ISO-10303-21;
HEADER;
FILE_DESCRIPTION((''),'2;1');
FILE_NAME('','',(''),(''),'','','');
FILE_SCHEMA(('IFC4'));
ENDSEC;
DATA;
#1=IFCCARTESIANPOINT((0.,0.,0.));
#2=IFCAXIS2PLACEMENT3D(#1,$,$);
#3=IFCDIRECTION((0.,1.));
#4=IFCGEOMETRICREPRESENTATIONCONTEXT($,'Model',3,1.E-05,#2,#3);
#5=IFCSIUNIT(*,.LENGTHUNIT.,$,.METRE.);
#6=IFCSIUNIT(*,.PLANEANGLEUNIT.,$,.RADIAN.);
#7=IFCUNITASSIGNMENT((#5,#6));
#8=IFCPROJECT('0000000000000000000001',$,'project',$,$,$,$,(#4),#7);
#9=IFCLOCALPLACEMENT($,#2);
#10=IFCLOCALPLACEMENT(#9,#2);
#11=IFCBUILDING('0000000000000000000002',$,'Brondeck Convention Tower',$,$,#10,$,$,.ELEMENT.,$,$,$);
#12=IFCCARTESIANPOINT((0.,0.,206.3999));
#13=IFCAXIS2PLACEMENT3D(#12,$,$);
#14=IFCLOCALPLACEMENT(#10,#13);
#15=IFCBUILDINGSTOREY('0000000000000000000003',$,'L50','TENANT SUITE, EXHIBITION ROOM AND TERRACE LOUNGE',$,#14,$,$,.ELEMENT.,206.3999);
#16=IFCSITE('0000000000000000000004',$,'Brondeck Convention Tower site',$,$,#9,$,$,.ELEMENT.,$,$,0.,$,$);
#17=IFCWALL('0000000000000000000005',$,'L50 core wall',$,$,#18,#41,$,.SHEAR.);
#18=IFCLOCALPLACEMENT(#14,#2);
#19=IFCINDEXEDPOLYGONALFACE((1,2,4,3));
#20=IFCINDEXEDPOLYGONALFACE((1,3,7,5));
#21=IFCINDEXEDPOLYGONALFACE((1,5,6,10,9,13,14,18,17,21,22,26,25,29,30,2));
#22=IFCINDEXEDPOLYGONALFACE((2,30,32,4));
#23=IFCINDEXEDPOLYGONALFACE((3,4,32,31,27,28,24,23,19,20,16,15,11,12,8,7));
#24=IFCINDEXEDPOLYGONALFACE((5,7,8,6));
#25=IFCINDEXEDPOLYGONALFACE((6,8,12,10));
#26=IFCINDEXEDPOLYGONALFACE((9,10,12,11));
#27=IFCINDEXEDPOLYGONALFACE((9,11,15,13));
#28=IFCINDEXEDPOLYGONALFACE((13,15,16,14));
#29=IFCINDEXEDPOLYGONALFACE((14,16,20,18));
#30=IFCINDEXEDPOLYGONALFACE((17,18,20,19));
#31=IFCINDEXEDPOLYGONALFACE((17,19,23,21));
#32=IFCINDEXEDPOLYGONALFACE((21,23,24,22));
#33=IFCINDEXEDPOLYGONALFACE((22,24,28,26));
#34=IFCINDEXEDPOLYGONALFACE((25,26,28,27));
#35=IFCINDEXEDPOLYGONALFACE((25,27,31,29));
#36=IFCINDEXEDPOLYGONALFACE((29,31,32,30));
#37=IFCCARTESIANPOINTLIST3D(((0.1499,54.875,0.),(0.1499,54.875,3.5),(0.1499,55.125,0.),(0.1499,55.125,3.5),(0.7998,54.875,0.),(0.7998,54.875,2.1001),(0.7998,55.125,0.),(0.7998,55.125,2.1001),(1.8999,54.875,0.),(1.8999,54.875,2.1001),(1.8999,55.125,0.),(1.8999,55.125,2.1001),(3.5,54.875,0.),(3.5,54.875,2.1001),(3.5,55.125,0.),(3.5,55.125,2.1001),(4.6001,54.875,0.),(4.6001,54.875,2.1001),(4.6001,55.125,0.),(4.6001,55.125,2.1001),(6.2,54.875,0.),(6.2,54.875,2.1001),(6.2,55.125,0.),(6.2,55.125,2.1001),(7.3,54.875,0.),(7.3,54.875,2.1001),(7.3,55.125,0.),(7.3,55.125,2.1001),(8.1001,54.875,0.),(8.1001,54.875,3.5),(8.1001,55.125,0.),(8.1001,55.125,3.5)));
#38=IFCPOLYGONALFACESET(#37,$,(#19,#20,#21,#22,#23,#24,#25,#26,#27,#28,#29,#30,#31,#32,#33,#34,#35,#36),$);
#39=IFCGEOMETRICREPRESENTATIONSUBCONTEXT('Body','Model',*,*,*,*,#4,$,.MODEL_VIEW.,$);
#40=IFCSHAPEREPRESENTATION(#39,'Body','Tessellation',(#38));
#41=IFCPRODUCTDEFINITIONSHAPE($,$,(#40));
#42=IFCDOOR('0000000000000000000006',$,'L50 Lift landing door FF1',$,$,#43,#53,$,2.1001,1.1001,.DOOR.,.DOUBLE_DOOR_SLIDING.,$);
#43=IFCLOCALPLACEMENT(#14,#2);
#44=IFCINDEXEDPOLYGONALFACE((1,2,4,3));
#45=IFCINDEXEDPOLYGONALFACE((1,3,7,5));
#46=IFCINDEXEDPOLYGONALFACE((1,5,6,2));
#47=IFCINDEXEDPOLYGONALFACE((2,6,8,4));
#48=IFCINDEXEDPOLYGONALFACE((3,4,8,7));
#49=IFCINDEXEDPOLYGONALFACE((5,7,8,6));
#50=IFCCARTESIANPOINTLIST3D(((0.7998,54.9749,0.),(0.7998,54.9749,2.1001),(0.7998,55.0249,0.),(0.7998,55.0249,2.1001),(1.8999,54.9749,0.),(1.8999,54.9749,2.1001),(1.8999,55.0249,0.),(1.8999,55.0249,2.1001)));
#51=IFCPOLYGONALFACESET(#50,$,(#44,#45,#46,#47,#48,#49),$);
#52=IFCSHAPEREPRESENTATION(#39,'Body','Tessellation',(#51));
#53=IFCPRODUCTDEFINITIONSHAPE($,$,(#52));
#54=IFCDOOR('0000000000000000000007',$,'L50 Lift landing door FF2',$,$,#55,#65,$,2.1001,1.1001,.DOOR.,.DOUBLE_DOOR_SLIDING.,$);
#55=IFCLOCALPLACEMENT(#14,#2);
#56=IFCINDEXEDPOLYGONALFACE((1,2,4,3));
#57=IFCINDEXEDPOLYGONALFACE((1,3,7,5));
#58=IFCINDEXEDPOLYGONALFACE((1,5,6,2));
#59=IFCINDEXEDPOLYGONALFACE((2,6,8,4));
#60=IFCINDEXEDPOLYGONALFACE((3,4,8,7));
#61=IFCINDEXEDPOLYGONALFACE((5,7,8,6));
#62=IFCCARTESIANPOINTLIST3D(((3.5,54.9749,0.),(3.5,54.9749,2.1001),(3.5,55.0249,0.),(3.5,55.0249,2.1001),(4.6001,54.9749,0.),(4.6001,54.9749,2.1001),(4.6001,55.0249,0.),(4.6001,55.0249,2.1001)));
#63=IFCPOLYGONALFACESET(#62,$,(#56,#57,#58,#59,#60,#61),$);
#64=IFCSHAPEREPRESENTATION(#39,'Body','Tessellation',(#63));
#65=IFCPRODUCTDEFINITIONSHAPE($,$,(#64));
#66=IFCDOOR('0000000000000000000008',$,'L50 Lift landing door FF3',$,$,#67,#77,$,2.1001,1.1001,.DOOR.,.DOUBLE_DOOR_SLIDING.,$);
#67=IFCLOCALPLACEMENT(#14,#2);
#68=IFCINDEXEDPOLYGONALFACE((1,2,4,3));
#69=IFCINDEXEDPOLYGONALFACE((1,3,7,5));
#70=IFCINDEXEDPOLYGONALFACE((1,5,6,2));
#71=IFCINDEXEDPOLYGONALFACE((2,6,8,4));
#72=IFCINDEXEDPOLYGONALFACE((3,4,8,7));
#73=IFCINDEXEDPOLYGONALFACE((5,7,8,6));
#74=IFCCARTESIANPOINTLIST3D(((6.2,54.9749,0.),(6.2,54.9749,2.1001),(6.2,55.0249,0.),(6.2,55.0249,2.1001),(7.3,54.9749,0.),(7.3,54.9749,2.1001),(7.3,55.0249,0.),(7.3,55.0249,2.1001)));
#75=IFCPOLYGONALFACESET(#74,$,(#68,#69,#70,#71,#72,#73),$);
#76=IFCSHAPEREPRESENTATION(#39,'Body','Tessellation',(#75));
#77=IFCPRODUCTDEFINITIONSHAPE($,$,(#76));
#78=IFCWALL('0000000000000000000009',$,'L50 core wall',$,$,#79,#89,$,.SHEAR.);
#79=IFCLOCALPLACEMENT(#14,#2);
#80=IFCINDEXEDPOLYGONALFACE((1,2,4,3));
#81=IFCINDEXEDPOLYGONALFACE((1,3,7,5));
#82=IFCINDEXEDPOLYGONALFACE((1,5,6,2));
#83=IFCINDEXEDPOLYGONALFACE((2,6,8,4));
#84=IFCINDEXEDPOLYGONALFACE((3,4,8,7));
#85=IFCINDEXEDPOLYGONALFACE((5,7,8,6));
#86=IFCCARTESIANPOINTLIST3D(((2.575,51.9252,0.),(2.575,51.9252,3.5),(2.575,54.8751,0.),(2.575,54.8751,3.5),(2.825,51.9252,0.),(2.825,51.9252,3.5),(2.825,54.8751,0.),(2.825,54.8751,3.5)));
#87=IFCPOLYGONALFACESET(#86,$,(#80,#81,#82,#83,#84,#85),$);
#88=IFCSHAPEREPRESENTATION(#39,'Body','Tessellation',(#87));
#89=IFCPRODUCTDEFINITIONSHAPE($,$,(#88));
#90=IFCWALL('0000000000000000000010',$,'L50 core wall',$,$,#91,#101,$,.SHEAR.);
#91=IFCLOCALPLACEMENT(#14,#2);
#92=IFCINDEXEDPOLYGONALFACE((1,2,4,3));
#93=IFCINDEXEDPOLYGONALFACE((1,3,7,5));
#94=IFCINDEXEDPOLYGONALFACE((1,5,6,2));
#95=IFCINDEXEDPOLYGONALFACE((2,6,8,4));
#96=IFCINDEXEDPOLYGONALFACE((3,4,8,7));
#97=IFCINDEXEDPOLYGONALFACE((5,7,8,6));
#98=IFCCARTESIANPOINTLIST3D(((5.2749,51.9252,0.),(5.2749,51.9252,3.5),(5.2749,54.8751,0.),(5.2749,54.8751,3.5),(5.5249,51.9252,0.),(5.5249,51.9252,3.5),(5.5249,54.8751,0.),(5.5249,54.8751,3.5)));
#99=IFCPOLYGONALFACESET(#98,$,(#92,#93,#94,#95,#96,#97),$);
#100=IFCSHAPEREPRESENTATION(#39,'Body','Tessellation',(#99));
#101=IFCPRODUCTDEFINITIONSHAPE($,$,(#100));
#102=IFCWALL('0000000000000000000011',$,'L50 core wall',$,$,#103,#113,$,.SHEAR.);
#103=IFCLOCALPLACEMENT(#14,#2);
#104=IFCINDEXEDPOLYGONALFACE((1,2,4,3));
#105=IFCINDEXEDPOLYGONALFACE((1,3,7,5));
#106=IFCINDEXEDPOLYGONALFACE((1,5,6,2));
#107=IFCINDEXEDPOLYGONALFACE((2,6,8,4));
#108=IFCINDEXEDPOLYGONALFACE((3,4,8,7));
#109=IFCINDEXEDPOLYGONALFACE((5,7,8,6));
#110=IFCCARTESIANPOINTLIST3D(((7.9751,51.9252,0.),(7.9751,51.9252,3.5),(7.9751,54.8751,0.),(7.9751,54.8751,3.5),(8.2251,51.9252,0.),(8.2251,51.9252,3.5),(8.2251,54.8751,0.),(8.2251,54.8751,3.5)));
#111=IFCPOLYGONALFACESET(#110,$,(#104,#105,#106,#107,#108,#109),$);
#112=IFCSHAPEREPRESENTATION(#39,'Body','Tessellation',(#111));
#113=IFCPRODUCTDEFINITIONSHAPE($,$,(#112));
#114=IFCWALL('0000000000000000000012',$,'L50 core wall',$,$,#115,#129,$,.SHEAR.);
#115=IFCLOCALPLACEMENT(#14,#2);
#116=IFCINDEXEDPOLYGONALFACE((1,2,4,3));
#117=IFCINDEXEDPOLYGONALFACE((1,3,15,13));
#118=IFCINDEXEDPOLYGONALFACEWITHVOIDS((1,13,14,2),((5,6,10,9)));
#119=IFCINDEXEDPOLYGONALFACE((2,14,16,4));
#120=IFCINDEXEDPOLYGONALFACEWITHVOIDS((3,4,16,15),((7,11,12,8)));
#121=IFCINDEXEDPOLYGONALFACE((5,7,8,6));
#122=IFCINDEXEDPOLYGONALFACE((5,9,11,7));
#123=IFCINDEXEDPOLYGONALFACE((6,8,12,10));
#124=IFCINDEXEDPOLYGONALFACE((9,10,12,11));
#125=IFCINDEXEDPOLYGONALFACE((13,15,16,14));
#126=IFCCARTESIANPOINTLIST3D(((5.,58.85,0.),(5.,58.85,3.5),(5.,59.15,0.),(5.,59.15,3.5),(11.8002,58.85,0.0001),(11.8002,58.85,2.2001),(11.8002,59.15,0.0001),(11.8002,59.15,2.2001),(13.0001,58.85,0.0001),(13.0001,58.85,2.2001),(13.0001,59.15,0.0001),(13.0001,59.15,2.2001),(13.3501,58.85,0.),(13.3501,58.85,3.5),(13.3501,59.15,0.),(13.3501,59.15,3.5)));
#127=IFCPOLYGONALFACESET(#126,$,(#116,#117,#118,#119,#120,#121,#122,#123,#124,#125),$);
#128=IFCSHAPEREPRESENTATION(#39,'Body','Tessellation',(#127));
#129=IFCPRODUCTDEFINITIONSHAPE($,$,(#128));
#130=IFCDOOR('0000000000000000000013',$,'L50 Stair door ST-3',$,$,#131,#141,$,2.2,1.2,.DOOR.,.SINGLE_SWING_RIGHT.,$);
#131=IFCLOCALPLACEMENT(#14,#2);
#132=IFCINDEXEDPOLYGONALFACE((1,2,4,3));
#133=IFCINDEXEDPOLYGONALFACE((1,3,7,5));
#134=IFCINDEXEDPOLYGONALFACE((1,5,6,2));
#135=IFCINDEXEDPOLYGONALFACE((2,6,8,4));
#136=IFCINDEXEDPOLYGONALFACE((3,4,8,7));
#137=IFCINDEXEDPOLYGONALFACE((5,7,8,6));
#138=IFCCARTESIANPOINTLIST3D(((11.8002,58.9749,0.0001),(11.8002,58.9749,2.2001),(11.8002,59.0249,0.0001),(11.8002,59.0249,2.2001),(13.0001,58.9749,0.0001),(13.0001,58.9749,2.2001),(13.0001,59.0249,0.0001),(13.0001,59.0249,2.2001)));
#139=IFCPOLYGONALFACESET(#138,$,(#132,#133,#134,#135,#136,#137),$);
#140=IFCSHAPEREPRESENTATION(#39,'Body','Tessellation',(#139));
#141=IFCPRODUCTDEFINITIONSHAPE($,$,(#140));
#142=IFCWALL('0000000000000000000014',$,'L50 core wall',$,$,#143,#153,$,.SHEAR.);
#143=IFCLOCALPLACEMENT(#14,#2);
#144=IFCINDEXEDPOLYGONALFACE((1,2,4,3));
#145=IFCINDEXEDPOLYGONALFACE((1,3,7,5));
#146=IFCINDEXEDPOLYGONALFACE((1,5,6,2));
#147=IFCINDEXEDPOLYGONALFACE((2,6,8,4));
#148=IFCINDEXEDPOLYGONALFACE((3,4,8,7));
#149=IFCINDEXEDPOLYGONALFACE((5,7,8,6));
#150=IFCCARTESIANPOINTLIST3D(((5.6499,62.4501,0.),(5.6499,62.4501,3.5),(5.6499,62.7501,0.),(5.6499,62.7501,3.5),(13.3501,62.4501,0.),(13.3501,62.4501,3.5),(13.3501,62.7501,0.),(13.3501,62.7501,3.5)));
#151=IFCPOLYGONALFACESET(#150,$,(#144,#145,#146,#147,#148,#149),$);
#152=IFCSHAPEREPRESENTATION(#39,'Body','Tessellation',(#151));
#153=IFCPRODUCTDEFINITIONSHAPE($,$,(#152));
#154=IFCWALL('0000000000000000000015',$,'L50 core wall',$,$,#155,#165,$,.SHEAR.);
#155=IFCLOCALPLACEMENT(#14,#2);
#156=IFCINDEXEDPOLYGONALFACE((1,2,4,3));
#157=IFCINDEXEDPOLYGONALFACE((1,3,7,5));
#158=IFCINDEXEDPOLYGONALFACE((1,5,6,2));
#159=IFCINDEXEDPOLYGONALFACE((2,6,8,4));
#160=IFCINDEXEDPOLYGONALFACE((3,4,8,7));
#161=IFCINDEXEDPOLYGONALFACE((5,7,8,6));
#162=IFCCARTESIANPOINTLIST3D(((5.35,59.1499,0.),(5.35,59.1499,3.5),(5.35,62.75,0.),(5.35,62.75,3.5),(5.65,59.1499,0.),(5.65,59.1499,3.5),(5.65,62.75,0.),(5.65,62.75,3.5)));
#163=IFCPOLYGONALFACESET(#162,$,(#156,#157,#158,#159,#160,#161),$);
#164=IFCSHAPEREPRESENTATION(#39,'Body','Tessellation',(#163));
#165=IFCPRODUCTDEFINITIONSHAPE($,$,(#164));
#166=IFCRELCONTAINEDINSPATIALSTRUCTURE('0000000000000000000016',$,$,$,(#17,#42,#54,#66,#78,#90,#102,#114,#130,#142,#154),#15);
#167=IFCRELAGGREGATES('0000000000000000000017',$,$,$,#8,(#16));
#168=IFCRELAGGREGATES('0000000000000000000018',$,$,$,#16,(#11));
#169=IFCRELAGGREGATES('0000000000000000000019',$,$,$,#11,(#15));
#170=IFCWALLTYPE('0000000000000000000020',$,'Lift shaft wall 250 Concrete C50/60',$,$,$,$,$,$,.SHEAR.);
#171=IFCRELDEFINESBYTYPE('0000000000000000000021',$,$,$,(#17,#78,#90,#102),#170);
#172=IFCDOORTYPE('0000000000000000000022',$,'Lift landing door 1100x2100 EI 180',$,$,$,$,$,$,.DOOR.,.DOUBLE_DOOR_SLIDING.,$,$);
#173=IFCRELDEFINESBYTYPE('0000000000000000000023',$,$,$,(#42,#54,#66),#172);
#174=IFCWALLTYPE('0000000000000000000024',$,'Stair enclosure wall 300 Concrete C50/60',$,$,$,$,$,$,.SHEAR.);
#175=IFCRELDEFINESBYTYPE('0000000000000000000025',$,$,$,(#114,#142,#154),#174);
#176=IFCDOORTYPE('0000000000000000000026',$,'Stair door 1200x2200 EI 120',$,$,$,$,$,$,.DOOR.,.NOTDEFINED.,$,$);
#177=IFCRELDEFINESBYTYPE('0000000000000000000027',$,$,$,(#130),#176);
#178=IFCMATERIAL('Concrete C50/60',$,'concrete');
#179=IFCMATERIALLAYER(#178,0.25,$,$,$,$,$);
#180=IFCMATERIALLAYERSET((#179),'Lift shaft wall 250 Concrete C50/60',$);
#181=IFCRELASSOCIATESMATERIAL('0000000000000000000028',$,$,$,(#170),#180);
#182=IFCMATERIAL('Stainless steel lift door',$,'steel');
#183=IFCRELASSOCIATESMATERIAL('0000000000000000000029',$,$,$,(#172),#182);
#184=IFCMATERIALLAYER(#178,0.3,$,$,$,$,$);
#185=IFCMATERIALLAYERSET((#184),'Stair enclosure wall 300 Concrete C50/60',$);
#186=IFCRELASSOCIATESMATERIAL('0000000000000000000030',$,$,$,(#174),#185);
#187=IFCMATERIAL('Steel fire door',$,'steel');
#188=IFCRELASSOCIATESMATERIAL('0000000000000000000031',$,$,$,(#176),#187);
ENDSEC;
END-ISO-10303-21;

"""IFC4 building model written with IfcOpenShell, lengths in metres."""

from ifc_helpers import new_model, si_unit, direction, frame, frame_2d, origin, place, context, subcontext, project, spatial, rectangle, extrude, material, layer, layer_set, type_object, element, fill, save


model = new_model("IFC4")

# Units and contexts
model_context = context("Model", 3, precision=1e-05, world=origin(), true_north=direction((0.0, 1.0)))
body_context = subcontext(model_context, "Body", "Model", "MODEL_VIEW")
ifc_project = project(units=[si_unit("LENGTHUNIT", "METRE"), si_unit("PLANEANGLEUNIT", "RADIAN")], contexts=[model_context])

# Site, building, storey
site_placement = place(None, origin())
site = spatial("IfcSite", under=ifc_project, at=site_placement, Name="Brondeck Convention Tower site", CompositionType="ELEMENT", RefElevation=0.0)
building_placement = place(site_placement, origin())
building = spatial("IfcBuilding", under=site, at=building_placement, Name="Brondeck Convention Tower", CompositionType="ELEMENT")
storey_placement = place(building_placement, frame((0.0, 0.0, 206.3999)))
storey = spatial("IfcBuildingStorey", under=building, at=storey_placement, Name="L50", Description="TENANT SUITE, EXHIBITION ROOM AND TERRACE LOUNGE", CompositionType="ELEMENT", Elevation=206.3999)

# Shared definitions
ifc_material_1 = material(Name="Concrete C50/60", Category="concrete")

# Wall, openings, doors
ifc_layer_1 = layer(ifc_material_1, 0.25)
ifc_layer_set_1 = layer_set([ifc_layer_1], Name="Lift shaft wall 250 Concrete C50/60")
wall_type_1 = type_object("IfcWallType", Name="Lift shaft wall 250 Concrete C50/60", PredefinedType="SHEAR", material=ifc_layer_set_1)
wall_1_placement = place(storey_placement, frame((0.1499, 55.0, 0.0), z_axis=(0.0, 0.0, 1.0), x_axis=(1.0, 0.0, 0.0)))
wall_1 = element("IfcWall", 1, at=wall_1_placement, inside=storey, type_object=wall_type_1, Name="L50 core wall", PredefinedType="SHEAR", context=body_context, shape_type="SweptSolid", body=[
    extrude(rectangle(XDim=7.9502, YDim=0.25, at=frame_2d((3.9751, 0.0))), origin(), (0.0, 0.0, 1.0), 3.5),
])
opening_1_placement = place(wall_1_placement, frame((0.6499, 0.0, 0.0)))
opening_1 = element("IfcOpeningElement", 2, at=opening_1_placement, cuts=wall_1, PredefinedType="OPENING", context=body_context, shape_type="SweptSolid", body=[
    extrude(rectangle(XDim=1.1001, YDim=2.1001, at=frame_2d((0.55, 1.05))), frame((0.0, 0.135, 0.0), z_axis=(0.0, -1.0, 0.0), x_axis=(1.0, 0.0, 0.0)), (0.0, 0.0, 1.0), 0.27),
])
opening_2_placement = place(wall_1_placement, frame((3.3501, 0.0, 0.0)))
opening_2 = element("IfcOpeningElement", 3, at=opening_2_placement, cuts=wall_1, PredefinedType="OPENING", context=body_context, shape_type="SweptSolid", body=[
    extrude(rectangle(XDim=1.1001, YDim=2.1001, at=frame_2d((0.55, 1.05))), frame((0.0, 0.135, 0.0), z_axis=(0.0, -1.0, 0.0), x_axis=(1.0, 0.0, 0.0)), (0.0, 0.0, 1.0), 0.27),
])
opening_3_placement = place(wall_1_placement, frame((6.05, 0.0, 0.0)))
opening_3 = element("IfcOpeningElement", 4, at=opening_3_placement, cuts=wall_1, PredefinedType="OPENING", context=body_context, shape_type="SweptSolid", body=[
    extrude(rectangle(XDim=1.1001, YDim=2.1001, at=frame_2d((0.55, 1.05))), frame((0.0, 0.135, 0.0), z_axis=(0.0, -1.0, 0.0), x_axis=(1.0, 0.0, 0.0)), (0.0, 0.0, 1.0), 0.27),
])
ifc_material_2 = material(Name="Stainless steel lift door", Category="steel")
door_type_1 = type_object("IfcDoorType", Name="Lift landing door 1100x2100 EI 180", OperationType="DOUBLE_DOOR_SLIDING", PredefinedType="DOOR", material=ifc_material_2)
door_1_placement = place(opening_1_placement, origin())
door_1 = element("IfcDoor", 5, at=door_1_placement, inside=storey, type_object=door_type_1, Name="L50 Lift landing door FF1", OperationType="DOUBLE_DOOR_SLIDING", OverallHeight=2.1001, OverallWidth=1.1001, PredefinedType="DOOR", context=body_context, shape_type="SweptSolid", body=[
    extrude(rectangle(XDim=1.1001, YDim=2.1001, at=frame_2d((0.55, 1.05))), frame((0.0, 0.0249, 0.0), z_axis=(0.0, -1.0, 0.0), x_axis=(1.0, 0.0, 0.0)), (0.0, 0.0, 1.0), 0.05),
])
fill(opening_1, door_1)
door_2_placement = place(opening_2_placement, origin())
door_2 = element("IfcDoor", 6, at=door_2_placement, inside=storey, type_object=door_type_1, Name="L50 Lift landing door FF2", OperationType="DOUBLE_DOOR_SLIDING", OverallHeight=2.1001, OverallWidth=1.1001, PredefinedType="DOOR", context=body_context, shape_type="SweptSolid", body=[
    extrude(rectangle(XDim=1.1001, YDim=2.1001, at=frame_2d((0.55, 1.05))), frame((0.0, 0.0249, 0.0), z_axis=(0.0, -1.0, 0.0), x_axis=(1.0, 0.0, 0.0)), (0.0, 0.0, 1.0), 0.05),
])
fill(opening_2, door_2)
door_3_placement = place(opening_3_placement, origin())
door_3 = element("IfcDoor", 7, at=door_3_placement, inside=storey, type_object=door_type_1, Name="L50 Lift landing door FF3", OperationType="DOUBLE_DOOR_SLIDING", OverallHeight=2.1001, OverallWidth=1.1001, PredefinedType="DOOR", context=body_context, shape_type="SweptSolid", body=[
    extrude(rectangle(XDim=1.1001, YDim=2.1001, at=frame_2d((0.55, 1.05))), frame((0.0, 0.0249, 0.0), z_axis=(0.0, -1.0, 0.0), x_axis=(1.0, 0.0, 0.0)), (0.0, 0.0, 1.0), 0.05),
])
fill(opening_3, door_3)

# Walls
for number, where, z_axis, x_axis, name in (
    (8, (2.7, 51.925, 0.0), (0.0, 0.0, 1.0), (0.0, 1.0, 0.0), "L50 core wall"),
    (9, (5.3999, 51.925, 0.0), (0.0, 0.0, 1.0), (0.0, 1.0, 0.0), "L50 core wall"),
    (10, (8.1001, 51.925, 0.0), (0.0, 0.0, 1.0), (0.0, 1.0, 0.0), "L50 core wall"),
):
    element("IfcWall", number, at=place(storey_placement, frame(where, z_axis=z_axis, x_axis=x_axis)), inside=storey, type_object=wall_type_1, Name=name, PredefinedType="SHEAR", context=body_context, shape_type="SweptSolid", body=[
        extrude(rectangle(XDim=2.95, YDim=0.25, at=frame_2d((1.4751, 0.0))), origin(), (0.0, 0.0, 1.0), 3.5),
    ])

# Wall, opening, door
ifc_layer_2 = layer(ifc_material_1, 0.3)
ifc_layer_set_2 = layer_set([ifc_layer_2], Name="Stair enclosure wall 300 Concrete C50/60")
wall_type_2 = type_object("IfcWallType", Name="Stair enclosure wall 300 Concrete C50/60", PredefinedType="SHEAR", material=ifc_layer_set_2)
wall_2_placement = place(storey_placement, frame((5.0, 59.0, 0.0), z_axis=(0.0, 0.0, 1.0), x_axis=(1.0, 0.0, 0.0)))
wall_2 = element("IfcWall", 11, at=wall_2_placement, inside=storey, type_object=wall_type_2, Name="L50 core wall", PredefinedType="SHEAR", context=body_context, shape_type="SweptSolid", body=[
    extrude(rectangle(XDim=8.3501, YDim=0.3, at=frame_2d((4.175, 0.0))), origin(), (0.0, 0.0, 1.0), 3.5),
])
opening_4_placement = place(wall_2_placement, frame((6.8, 0.0, 0.0)))
opening_4 = element("IfcOpeningElement", 12, at=opening_4_placement, cuts=wall_2, PredefinedType="OPENING", context=body_context, shape_type="SweptSolid", body=[
    extrude(rectangle(XDim=1.2, YDim=2.2, at=frame_2d((0.6001, 1.1001))), frame((0.0, 0.1599, 0.0), z_axis=(0.0, -1.0, 0.0), x_axis=(1.0, 0.0, 0.0)), (0.0, 0.0, 1.0), 0.3201),
])
ifc_material_3 = material(Name="Steel fire door", Category="steel")
door_type_2 = type_object("IfcDoorType", Name="Stair door 1200x2200 EI 120", OperationType="NOTDEFINED", PredefinedType="DOOR", material=ifc_material_3)
door_4_placement = place(opening_4_placement, origin())
door_4 = element("IfcDoor", 13, at=door_4_placement, inside=storey, type_object=door_type_2, Name="L50 Stair door ST-3", OperationType="SINGLE_SWING_RIGHT", OverallHeight=2.2, OverallWidth=1.2, PredefinedType="DOOR", context=body_context, shape_type="SweptSolid", body=[
    extrude(rectangle(XDim=1.2, YDim=2.2, at=frame_2d((0.6001, 1.1001))), frame((0.0, 0.0249, 0.0), z_axis=(0.0, -1.0, 0.0), x_axis=(1.0, 0.0, 0.0)), (0.0, 0.0, 1.0), 0.05),
])
fill(opening_4, door_4)

# Walls
wall_3_placement = place(storey_placement, frame((5.6499, 62.6001, 0.0), z_axis=(0.0, 0.0, 1.0), x_axis=(1.0, 0.0, 0.0)))
element("IfcWall", 14, at=wall_3_placement, inside=storey, type_object=wall_type_2, Name="L50 core wall", PredefinedType="SHEAR", context=body_context, shape_type="SweptSolid", body=[
    extrude(rectangle(XDim=7.7002, YDim=0.3, at=frame_2d((3.8501, 0.0))), origin(), (0.0, 0.0, 1.0), 3.5),
])
wall_4_placement = place(storey_placement, frame((5.5, 59.1499, 0.0), z_axis=(0.0, 0.0, 1.0), x_axis=(0.0, 1.0, 0.0)))
element("IfcWall", 15, at=wall_4_placement, inside=storey, type_object=wall_type_2, Name="L50 core wall", PredefinedType="SHEAR", context=body_context, shape_type="SweptSolid", body=[
    extrude(rectangle(XDim=3.6001, YDim=0.3, at=frame_2d((1.8, 0.0))), origin(), (0.0, 0.0, 1.0), 3.5),
])

save(model, "model.ifc")
